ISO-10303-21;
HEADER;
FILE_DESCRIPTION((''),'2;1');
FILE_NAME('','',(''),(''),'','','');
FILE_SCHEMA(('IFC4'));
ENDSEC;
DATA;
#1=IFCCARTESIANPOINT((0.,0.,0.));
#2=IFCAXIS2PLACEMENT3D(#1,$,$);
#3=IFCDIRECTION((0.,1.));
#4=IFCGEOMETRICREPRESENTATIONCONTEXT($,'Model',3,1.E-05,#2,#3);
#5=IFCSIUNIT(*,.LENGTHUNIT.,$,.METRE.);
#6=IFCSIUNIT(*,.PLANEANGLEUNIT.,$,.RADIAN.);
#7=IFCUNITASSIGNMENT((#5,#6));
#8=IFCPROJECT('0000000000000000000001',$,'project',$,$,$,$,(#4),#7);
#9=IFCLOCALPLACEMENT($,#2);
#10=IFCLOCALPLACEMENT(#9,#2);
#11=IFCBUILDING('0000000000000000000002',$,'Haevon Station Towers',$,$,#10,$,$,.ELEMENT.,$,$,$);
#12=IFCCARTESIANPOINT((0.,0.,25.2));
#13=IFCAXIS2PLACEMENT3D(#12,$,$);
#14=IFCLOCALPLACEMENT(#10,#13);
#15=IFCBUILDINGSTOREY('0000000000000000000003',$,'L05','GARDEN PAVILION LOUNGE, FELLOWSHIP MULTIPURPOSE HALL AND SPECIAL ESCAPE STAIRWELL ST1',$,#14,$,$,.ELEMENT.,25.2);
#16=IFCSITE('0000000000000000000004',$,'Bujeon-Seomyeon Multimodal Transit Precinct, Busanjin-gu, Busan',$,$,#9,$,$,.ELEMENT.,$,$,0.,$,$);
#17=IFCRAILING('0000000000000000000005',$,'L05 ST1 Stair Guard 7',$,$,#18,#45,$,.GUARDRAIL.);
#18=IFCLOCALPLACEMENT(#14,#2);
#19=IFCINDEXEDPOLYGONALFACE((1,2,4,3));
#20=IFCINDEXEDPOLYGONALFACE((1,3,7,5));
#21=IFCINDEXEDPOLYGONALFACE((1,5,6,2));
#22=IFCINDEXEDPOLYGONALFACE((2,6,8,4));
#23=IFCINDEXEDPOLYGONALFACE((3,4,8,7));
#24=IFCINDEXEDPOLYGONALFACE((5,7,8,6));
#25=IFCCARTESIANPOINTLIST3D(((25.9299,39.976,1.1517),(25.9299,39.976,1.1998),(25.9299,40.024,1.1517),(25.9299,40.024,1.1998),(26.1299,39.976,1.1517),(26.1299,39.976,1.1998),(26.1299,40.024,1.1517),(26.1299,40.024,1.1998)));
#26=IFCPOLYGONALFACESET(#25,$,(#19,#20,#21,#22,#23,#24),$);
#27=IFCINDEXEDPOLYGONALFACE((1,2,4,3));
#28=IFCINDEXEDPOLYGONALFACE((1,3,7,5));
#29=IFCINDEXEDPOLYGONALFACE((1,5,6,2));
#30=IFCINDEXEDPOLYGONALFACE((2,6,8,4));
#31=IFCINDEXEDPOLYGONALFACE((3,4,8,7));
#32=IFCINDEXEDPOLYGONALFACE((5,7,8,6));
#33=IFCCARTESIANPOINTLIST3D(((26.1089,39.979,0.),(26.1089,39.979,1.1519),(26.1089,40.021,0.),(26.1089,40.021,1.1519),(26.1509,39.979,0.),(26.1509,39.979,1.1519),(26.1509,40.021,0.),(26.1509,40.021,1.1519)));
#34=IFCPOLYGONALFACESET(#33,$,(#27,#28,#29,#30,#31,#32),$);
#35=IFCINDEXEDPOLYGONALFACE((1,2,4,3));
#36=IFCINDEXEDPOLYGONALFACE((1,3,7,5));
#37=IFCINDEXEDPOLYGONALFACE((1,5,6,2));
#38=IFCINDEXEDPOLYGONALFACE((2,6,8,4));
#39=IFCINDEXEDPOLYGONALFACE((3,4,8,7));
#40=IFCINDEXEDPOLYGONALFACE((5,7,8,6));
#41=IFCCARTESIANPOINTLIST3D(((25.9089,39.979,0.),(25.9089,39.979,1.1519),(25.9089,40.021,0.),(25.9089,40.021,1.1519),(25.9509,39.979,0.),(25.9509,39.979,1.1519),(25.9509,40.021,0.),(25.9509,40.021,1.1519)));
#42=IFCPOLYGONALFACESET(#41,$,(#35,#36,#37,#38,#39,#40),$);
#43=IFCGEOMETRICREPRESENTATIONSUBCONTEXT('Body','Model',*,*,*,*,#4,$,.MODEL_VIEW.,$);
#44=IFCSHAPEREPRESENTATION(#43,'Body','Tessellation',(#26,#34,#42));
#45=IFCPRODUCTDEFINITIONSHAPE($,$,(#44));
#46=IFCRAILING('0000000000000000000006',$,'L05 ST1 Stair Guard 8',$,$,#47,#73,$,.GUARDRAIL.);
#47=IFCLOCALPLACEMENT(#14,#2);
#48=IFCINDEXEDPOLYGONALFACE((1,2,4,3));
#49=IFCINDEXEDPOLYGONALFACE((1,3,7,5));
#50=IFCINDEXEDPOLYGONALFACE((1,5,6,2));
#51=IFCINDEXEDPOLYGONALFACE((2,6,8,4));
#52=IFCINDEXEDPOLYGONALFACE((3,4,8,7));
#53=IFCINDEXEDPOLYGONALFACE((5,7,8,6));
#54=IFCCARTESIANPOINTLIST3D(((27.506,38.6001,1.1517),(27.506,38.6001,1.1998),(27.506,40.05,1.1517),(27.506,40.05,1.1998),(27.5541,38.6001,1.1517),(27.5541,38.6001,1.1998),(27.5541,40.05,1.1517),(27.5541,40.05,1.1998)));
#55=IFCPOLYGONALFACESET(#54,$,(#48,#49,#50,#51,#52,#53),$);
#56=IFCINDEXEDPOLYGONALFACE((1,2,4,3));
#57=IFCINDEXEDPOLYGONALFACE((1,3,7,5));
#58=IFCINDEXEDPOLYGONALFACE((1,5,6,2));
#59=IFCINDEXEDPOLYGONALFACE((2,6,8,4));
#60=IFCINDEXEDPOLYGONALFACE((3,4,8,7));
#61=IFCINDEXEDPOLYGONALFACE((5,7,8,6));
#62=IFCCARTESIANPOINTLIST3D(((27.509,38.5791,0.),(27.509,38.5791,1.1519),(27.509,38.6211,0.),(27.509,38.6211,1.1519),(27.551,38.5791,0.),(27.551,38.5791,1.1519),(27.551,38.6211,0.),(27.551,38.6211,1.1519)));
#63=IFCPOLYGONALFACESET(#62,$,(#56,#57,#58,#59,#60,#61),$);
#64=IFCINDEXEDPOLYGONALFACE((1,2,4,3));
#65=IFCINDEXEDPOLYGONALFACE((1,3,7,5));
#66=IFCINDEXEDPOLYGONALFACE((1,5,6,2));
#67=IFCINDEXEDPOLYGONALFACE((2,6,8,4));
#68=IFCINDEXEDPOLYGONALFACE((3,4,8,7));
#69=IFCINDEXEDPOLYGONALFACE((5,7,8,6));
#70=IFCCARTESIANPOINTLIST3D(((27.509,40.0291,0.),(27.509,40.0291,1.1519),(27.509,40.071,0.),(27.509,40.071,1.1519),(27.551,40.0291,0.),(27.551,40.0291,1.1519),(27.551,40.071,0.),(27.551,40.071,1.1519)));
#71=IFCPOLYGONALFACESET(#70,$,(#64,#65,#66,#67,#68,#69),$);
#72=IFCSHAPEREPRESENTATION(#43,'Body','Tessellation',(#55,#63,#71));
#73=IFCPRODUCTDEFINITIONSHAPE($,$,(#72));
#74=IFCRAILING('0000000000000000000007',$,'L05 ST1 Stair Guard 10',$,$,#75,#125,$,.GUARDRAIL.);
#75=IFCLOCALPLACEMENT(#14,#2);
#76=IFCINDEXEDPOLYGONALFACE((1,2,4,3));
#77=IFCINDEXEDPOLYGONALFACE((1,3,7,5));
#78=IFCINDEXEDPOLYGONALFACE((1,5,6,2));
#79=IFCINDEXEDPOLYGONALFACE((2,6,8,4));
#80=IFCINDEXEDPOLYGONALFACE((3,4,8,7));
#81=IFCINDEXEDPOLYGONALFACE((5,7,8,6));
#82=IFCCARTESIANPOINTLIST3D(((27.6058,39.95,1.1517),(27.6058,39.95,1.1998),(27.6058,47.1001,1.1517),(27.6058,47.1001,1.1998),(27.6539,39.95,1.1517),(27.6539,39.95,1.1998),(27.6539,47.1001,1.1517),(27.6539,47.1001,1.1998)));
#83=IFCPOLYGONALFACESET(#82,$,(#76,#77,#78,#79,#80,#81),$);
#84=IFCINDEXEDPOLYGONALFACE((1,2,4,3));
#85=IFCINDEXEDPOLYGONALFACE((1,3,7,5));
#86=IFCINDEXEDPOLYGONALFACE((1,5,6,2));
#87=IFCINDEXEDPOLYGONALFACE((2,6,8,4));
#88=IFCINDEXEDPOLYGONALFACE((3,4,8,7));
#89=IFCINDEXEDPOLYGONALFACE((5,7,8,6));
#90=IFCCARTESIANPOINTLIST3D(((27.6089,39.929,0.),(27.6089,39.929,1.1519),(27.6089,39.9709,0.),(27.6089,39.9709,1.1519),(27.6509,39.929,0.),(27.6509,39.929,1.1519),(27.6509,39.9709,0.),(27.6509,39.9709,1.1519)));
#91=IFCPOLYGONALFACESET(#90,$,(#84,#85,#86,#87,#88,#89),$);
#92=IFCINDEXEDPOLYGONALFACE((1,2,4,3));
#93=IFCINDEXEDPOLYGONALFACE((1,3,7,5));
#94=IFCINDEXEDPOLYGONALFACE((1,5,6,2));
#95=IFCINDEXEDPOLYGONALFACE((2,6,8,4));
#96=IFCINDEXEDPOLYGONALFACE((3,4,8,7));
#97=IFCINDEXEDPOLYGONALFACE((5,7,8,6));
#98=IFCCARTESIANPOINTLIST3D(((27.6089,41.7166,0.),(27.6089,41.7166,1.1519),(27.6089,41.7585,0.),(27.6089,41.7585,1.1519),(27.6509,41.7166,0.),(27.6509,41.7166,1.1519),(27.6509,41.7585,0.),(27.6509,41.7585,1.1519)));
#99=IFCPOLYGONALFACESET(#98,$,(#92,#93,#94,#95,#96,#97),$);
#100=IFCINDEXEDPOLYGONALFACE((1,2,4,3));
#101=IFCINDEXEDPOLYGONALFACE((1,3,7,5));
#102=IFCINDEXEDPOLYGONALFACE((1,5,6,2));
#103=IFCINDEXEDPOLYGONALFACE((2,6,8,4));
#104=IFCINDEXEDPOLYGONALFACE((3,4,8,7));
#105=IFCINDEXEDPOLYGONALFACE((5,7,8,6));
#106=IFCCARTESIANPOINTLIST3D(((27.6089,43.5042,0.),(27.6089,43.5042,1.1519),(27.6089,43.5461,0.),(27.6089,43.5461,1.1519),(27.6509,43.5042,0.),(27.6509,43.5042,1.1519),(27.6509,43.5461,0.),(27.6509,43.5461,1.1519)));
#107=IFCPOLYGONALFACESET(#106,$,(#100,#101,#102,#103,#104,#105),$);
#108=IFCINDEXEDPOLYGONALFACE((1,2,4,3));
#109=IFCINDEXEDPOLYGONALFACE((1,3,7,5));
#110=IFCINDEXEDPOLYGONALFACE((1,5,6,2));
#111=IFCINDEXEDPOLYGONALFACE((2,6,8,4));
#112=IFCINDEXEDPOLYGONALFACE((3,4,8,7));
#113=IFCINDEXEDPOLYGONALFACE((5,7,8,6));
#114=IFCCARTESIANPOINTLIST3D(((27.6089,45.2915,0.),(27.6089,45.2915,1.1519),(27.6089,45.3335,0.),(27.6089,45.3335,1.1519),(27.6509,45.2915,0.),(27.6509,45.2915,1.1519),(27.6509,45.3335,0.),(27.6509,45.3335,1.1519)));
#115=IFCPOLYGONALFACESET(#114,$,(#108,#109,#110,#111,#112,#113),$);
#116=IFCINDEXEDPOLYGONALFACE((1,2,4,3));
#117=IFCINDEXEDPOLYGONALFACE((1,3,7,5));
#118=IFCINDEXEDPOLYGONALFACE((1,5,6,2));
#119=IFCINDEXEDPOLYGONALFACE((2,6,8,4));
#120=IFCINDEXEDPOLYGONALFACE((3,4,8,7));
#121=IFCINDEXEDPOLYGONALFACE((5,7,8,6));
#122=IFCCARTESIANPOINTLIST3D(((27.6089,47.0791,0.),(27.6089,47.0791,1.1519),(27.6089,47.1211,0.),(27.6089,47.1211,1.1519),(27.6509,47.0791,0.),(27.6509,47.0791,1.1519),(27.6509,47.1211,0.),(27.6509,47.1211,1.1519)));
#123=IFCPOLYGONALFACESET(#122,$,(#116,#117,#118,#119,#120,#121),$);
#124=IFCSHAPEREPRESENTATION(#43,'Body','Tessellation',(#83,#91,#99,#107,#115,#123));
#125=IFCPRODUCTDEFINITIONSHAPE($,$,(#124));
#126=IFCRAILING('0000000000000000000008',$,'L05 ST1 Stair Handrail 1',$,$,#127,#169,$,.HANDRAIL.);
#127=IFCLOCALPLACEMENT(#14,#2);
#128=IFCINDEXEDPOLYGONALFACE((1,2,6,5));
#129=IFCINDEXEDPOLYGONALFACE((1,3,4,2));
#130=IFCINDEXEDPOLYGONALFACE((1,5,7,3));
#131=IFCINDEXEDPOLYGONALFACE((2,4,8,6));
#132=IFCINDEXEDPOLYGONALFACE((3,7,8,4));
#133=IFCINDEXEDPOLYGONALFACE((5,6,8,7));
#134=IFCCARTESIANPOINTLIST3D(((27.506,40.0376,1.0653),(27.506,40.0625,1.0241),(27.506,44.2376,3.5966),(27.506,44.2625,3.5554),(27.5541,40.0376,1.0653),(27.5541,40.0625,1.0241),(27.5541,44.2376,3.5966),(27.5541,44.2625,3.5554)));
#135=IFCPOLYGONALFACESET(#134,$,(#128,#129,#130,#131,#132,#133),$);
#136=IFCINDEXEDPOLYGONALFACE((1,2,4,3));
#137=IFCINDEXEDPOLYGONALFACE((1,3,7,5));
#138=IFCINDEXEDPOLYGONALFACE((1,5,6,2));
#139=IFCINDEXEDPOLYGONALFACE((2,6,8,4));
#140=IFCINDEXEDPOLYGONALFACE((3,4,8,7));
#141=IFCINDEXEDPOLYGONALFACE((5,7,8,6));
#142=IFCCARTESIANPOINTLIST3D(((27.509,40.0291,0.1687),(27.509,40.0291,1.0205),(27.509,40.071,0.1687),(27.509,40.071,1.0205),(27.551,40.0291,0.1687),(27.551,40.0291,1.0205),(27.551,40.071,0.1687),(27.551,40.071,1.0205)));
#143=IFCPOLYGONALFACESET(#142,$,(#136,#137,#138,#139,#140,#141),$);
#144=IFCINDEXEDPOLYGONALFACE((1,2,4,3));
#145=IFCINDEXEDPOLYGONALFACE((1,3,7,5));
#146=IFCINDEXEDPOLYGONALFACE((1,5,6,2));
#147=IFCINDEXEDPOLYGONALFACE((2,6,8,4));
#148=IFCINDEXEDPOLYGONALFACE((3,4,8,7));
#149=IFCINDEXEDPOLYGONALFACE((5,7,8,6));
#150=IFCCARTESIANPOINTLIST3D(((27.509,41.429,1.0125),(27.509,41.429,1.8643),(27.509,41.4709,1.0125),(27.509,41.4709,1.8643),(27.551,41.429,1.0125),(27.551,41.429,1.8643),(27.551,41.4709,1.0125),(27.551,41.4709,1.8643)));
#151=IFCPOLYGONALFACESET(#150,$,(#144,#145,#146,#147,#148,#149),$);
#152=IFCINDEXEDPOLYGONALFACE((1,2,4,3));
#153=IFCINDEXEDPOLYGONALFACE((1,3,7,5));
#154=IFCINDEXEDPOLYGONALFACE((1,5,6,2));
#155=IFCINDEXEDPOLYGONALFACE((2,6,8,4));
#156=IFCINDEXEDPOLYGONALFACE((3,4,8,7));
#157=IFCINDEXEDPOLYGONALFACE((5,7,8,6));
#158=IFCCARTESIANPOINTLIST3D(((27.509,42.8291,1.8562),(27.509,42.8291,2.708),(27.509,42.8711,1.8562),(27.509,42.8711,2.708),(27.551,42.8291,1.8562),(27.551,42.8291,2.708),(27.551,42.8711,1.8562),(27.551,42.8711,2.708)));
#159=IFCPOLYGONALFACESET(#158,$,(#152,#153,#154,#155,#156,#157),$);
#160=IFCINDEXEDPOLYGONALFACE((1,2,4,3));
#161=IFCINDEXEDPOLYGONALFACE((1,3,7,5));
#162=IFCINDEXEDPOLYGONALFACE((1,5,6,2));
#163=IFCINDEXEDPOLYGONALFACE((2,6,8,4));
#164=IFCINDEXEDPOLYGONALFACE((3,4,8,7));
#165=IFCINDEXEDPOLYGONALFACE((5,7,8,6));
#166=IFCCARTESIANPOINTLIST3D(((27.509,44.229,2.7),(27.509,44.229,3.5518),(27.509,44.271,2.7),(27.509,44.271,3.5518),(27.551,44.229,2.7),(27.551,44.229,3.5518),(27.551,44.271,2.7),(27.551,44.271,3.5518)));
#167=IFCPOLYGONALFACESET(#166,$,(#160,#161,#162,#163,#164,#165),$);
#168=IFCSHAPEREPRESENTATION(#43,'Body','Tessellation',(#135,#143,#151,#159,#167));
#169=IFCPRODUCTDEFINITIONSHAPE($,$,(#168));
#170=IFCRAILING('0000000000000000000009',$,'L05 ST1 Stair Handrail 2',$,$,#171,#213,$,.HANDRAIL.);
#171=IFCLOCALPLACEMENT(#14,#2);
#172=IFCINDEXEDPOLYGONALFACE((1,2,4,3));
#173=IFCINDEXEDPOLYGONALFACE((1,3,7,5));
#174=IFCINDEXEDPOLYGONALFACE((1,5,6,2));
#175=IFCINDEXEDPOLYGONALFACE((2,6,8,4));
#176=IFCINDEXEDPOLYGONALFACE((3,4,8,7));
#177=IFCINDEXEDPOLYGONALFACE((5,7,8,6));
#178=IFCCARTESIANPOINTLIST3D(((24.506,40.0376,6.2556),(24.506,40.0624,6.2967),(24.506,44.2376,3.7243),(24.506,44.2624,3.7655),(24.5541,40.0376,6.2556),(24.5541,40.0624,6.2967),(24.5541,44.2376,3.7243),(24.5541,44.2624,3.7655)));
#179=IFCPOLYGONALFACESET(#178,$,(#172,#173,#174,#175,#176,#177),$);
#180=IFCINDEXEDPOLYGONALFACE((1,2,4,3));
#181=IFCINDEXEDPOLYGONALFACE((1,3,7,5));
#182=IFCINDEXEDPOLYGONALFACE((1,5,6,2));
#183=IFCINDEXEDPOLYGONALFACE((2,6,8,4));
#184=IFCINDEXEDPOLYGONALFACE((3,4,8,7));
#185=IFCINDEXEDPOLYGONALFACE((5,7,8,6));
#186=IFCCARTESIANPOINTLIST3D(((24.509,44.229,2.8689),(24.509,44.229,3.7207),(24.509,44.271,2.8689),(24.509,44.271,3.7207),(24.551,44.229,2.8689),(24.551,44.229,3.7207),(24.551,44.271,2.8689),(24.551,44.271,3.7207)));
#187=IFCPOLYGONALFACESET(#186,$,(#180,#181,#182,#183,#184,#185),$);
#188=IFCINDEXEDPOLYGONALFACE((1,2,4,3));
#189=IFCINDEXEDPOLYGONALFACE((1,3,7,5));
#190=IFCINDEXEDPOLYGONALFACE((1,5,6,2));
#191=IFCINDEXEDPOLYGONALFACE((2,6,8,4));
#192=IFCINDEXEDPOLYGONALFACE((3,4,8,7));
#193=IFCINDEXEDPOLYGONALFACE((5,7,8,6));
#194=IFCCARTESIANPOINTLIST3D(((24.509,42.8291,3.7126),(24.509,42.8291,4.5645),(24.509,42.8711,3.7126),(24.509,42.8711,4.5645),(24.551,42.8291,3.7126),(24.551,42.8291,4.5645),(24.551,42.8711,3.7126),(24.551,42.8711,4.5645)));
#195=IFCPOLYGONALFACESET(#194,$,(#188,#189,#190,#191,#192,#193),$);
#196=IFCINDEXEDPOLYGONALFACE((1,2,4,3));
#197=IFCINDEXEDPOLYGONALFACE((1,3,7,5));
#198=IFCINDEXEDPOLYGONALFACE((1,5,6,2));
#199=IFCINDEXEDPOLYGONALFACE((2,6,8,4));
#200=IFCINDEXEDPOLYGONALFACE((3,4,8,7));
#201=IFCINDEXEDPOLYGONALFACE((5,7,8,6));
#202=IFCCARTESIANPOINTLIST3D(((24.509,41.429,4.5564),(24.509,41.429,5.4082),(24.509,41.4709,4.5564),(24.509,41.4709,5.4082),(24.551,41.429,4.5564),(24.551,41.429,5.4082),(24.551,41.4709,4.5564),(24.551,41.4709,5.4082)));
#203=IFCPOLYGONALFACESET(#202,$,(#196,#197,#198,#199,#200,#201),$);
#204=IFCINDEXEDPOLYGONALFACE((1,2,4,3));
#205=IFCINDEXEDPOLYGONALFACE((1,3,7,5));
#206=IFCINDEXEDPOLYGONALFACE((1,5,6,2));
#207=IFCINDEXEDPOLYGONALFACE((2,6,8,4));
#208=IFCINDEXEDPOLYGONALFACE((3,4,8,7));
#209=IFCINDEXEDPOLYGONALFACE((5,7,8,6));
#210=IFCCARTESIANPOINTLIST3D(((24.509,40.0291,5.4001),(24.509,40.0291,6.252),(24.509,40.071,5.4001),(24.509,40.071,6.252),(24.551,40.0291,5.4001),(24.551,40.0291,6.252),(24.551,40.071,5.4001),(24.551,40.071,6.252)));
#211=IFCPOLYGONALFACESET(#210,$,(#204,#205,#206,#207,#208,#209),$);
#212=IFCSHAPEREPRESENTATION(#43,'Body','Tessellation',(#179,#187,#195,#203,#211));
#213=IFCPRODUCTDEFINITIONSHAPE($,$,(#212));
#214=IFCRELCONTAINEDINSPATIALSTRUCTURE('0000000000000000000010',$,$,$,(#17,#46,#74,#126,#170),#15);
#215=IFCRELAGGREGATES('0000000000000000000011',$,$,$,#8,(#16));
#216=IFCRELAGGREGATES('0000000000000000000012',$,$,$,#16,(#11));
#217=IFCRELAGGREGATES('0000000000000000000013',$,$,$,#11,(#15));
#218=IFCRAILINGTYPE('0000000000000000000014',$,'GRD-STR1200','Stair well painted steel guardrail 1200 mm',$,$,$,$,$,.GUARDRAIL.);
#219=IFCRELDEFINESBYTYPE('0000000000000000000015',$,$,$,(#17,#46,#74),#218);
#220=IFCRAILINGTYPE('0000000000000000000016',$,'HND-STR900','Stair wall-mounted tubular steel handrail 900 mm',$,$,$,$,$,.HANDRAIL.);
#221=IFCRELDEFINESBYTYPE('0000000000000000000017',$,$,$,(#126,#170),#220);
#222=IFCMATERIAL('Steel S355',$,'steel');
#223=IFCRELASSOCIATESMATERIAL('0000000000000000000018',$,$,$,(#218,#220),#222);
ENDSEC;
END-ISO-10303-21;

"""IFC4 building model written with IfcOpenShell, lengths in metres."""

from ifc_helpers import new_model, si_unit, direction, frame, origin, origin_2d, place, context, subcontext, project, spatial, rectangle, extrude, material, type_object, element, save


model = new_model("IFC4")

# Units and contexts
model_context = context("Model", 3, precision=1e-05, world=origin(), true_north=direction((0.0, 1.0)))
body_context = subcontext(model_context, "Body", "Model", "MODEL_VIEW")
ifc_project = project(units=[si_unit("LENGTHUNIT", "METRE"), si_unit("PLANEANGLEUNIT", "RADIAN")], contexts=[model_context])

# Site, building, storey
site_placement = place(None, origin())
site = spatial("IfcSite", under=ifc_project, at=site_placement, Name="Bujeon-Seomyeon Multimodal Transit Precinct, Busanjin-gu, Busan", CompositionType="ELEMENT", RefElevation=0.0)
building_placement = place(site_placement, origin())
building = spatial("IfcBuilding", under=site, at=building_placement, Name="Haevon Station Towers", CompositionType="ELEMENT")
storey_placement = place(building_placement, frame((0.0, 0.0, 25.2)))
storey = spatial("IfcBuildingStorey", under=building, at=storey_placement, Name="L05", Description="GARDEN PAVILION LOUNGE, FELLOWSHIP MULTIPURPOSE HALL AND SPECIAL ESCAPE STAIRWELL ST1", CompositionType="ELEMENT", Elevation=25.2)

# Shared definitions
ifc_material_1 = material(Name="Steel S355", Category="steel")

# Railings
railing_type_1 = type_object("IfcRailingType", Name="GRD-STR1200", Description="Stair well painted steel guardrail 1200 mm", PredefinedType="GUARDRAIL", material=ifc_material_1)
railing_1_placement = place(storey_placement, frame((26.1299, 40.0, 0.0)))
element("IfcRailing", 1, at=railing_1_placement, inside=storey, type_object=railing_type_1, Name="L05 ST1 Stair Guard 7", PredefinedType="GUARDRAIL", context=body_context, shape_type="SweptSolid", body=[
    extrude(rectangle(XDim=0.0481, YDim=0.0481, at=origin_2d()), frame((0.0, 0.0, 1.1758), z_axis=(-1.0, 0.0, 0.0), x_axis=(0.0, -1.0, 0.0)), (0.0, 0.0, 1.0), 0.2),
    extrude(rectangle(XDim=0.042, YDim=0.042, at=origin_2d()), origin(), (0.0, 0.0, 1.0), 1.1519),
    extrude(rectangle(XDim=0.042, YDim=0.042, at=origin_2d()), frame((-0.2, 0.0, 0.0)), (0.0, 0.0, 1.0), 1.1519),
])
railing_2_placement = place(storey_placement, frame((27.53, 38.6001, 0.0)))
element("IfcRailing", 2, at=railing_2_placement, inside=storey, type_object=railing_type_1, Name="L05 ST1 Stair Guard 8", PredefinedType="GUARDRAIL", context=body_context, shape_type="SweptSolid", body=[
    extrude(rectangle(XDim=0.0481, YDim=0.0481, at=origin_2d()), frame((0.0, 0.0, 1.1758), z_axis=(0.0, 1.0, 0.0), x_axis=(-1.0, 0.0, 0.0)), (0.0, 0.0, 1.0), 1.45),
    extrude(rectangle(XDim=0.042, YDim=0.042, at=origin_2d()), origin(), (0.0, 0.0, 1.0), 1.1519),
    extrude(rectangle(XDim=0.042, YDim=0.042, at=origin_2d()), frame((0.0, 1.45, 0.0)), (0.0, 0.0, 1.0), 1.1519),
])
railing_3_placement = place(storey_placement, frame((27.6299, 39.95, 0.0)))
element("IfcRailing", 3, at=railing_3_placement, inside=storey, type_object=railing_type_1, Name="L05 ST1 Stair Guard 10", PredefinedType="GUARDRAIL", context=body_context, shape_type="SweptSolid", body=[
    extrude(rectangle(XDim=0.0481, YDim=0.0481, at=origin_2d()), frame((0.0, 0.0, 1.1758), z_axis=(0.0, 1.0, 0.0), x_axis=(-1.0, 0.0, 0.0)), (0.0, 0.0, 1.0), 7.1501),
    extrude(rectangle(XDim=0.042, YDim=0.042, at=origin_2d()), origin(), (0.0, 0.0, 1.0), 1.1519),
    extrude(rectangle(XDim=0.042, YDim=0.042, at=origin_2d()), frame((0.0, 1.7876, 0.0)), (0.0, 0.0, 1.0), 1.1519),
    extrude(rectangle(XDim=0.042, YDim=0.042, at=origin_2d()), frame((0.0, 3.5752, 0.0)), (0.0, 0.0, 1.0), 1.1519),
    extrude(rectangle(XDim=0.042, YDim=0.042, at=origin_2d()), frame((0.0, 5.3625, 0.0)), (0.0, 0.0, 1.0), 1.1519),
    extrude(rectangle(XDim=0.042, YDim=0.042, at=origin_2d()), frame((0.0, 7.1501, 0.0)), (0.0, 0.0, 1.0), 1.1519),
])
railing_type_2 = type_object("IfcRailingType", Name="HND-STR900", Description="Stair wall-mounted tubular steel handrail 900 mm", PredefinedType="HANDRAIL", material=ifc_material_1)
railing_4_placement = place(storey_placement, frame((27.53, 40.05, 0.1687)))
element("IfcRailing", 4, at=railing_4_placement, inside=storey, type_object=railing_type_2, Name="L05 ST1 Stair Handrail 1", PredefinedType="HANDRAIL", context=body_context, shape_type="SweptSolid", body=[
    extrude(rectangle(XDim=0.0481, YDim=0.0481, at=origin_2d()), frame((0.0, 0.0, 0.876), z_axis=(0.0, 0.856476, 0.516186), x_axis=(-1.0, 0.0, 0.0)), (0.0, 0.0, 1.0), 4.9038),
    extrude(rectangle(XDim=0.042, YDim=0.042, at=origin_2d()), origin(), (0.0, 0.0, 1.0), 0.8518),
    extrude(rectangle(XDim=0.042, YDim=0.042, at=origin_2d()), frame((0.0, 1.3999, 0.8438)), (0.0, 0.0, 1.0), 0.8518),
    extrude(rectangle(XDim=0.042, YDim=0.042, at=origin_2d()), frame((0.0, 2.8, 1.6875)), (0.0, 0.0, 1.0), 0.8518),
    extrude(rectangle(XDim=0.042, YDim=0.042, at=origin_2d()), frame((0.0, 4.2, 2.5312)), (0.0, 0.0, 1.0), 0.8518),
])
railing_5_placement = place(storey_placement, frame((24.53, 44.25, 2.8689)))
element("IfcRailing", 5, at=railing_5_placement, inside=storey, type_object=railing_type_2, Name="L05 ST1 Stair Handrail 2", PredefinedType="HANDRAIL", context=body_context, shape_type="SweptSolid", body=[
    extrude(rectangle(XDim=0.0481, YDim=0.0481, at=origin_2d()), frame((0.0, 0.0, 0.876), z_axis=(0.0, -0.856476, 0.516186), x_axis=(1.0, 0.0, 0.0)), (0.0, 0.0, 1.0), 4.9038),
    extrude(rectangle(XDim=0.042, YDim=0.042, at=origin_2d()), origin(), (0.0, 0.0, 1.0), 0.8518),
    extrude(rectangle(XDim=0.042, YDim=0.042, at=origin_2d()), frame((0.0, -1.3999, 0.8438)), (0.0, 0.0, 1.0), 0.8518),
    extrude(rectangle(XDim=0.042, YDim=0.042, at=origin_2d()), frame((0.0, -2.8, 1.6875)), (0.0, 0.0, 1.0), 0.8518),
    extrude(rectangle(XDim=0.042, YDim=0.042, at=origin_2d()), frame((0.0, -4.2, 2.5312)), (0.0, 0.0, 1.0), 0.8518),
])

save(model, "model.ifc")
